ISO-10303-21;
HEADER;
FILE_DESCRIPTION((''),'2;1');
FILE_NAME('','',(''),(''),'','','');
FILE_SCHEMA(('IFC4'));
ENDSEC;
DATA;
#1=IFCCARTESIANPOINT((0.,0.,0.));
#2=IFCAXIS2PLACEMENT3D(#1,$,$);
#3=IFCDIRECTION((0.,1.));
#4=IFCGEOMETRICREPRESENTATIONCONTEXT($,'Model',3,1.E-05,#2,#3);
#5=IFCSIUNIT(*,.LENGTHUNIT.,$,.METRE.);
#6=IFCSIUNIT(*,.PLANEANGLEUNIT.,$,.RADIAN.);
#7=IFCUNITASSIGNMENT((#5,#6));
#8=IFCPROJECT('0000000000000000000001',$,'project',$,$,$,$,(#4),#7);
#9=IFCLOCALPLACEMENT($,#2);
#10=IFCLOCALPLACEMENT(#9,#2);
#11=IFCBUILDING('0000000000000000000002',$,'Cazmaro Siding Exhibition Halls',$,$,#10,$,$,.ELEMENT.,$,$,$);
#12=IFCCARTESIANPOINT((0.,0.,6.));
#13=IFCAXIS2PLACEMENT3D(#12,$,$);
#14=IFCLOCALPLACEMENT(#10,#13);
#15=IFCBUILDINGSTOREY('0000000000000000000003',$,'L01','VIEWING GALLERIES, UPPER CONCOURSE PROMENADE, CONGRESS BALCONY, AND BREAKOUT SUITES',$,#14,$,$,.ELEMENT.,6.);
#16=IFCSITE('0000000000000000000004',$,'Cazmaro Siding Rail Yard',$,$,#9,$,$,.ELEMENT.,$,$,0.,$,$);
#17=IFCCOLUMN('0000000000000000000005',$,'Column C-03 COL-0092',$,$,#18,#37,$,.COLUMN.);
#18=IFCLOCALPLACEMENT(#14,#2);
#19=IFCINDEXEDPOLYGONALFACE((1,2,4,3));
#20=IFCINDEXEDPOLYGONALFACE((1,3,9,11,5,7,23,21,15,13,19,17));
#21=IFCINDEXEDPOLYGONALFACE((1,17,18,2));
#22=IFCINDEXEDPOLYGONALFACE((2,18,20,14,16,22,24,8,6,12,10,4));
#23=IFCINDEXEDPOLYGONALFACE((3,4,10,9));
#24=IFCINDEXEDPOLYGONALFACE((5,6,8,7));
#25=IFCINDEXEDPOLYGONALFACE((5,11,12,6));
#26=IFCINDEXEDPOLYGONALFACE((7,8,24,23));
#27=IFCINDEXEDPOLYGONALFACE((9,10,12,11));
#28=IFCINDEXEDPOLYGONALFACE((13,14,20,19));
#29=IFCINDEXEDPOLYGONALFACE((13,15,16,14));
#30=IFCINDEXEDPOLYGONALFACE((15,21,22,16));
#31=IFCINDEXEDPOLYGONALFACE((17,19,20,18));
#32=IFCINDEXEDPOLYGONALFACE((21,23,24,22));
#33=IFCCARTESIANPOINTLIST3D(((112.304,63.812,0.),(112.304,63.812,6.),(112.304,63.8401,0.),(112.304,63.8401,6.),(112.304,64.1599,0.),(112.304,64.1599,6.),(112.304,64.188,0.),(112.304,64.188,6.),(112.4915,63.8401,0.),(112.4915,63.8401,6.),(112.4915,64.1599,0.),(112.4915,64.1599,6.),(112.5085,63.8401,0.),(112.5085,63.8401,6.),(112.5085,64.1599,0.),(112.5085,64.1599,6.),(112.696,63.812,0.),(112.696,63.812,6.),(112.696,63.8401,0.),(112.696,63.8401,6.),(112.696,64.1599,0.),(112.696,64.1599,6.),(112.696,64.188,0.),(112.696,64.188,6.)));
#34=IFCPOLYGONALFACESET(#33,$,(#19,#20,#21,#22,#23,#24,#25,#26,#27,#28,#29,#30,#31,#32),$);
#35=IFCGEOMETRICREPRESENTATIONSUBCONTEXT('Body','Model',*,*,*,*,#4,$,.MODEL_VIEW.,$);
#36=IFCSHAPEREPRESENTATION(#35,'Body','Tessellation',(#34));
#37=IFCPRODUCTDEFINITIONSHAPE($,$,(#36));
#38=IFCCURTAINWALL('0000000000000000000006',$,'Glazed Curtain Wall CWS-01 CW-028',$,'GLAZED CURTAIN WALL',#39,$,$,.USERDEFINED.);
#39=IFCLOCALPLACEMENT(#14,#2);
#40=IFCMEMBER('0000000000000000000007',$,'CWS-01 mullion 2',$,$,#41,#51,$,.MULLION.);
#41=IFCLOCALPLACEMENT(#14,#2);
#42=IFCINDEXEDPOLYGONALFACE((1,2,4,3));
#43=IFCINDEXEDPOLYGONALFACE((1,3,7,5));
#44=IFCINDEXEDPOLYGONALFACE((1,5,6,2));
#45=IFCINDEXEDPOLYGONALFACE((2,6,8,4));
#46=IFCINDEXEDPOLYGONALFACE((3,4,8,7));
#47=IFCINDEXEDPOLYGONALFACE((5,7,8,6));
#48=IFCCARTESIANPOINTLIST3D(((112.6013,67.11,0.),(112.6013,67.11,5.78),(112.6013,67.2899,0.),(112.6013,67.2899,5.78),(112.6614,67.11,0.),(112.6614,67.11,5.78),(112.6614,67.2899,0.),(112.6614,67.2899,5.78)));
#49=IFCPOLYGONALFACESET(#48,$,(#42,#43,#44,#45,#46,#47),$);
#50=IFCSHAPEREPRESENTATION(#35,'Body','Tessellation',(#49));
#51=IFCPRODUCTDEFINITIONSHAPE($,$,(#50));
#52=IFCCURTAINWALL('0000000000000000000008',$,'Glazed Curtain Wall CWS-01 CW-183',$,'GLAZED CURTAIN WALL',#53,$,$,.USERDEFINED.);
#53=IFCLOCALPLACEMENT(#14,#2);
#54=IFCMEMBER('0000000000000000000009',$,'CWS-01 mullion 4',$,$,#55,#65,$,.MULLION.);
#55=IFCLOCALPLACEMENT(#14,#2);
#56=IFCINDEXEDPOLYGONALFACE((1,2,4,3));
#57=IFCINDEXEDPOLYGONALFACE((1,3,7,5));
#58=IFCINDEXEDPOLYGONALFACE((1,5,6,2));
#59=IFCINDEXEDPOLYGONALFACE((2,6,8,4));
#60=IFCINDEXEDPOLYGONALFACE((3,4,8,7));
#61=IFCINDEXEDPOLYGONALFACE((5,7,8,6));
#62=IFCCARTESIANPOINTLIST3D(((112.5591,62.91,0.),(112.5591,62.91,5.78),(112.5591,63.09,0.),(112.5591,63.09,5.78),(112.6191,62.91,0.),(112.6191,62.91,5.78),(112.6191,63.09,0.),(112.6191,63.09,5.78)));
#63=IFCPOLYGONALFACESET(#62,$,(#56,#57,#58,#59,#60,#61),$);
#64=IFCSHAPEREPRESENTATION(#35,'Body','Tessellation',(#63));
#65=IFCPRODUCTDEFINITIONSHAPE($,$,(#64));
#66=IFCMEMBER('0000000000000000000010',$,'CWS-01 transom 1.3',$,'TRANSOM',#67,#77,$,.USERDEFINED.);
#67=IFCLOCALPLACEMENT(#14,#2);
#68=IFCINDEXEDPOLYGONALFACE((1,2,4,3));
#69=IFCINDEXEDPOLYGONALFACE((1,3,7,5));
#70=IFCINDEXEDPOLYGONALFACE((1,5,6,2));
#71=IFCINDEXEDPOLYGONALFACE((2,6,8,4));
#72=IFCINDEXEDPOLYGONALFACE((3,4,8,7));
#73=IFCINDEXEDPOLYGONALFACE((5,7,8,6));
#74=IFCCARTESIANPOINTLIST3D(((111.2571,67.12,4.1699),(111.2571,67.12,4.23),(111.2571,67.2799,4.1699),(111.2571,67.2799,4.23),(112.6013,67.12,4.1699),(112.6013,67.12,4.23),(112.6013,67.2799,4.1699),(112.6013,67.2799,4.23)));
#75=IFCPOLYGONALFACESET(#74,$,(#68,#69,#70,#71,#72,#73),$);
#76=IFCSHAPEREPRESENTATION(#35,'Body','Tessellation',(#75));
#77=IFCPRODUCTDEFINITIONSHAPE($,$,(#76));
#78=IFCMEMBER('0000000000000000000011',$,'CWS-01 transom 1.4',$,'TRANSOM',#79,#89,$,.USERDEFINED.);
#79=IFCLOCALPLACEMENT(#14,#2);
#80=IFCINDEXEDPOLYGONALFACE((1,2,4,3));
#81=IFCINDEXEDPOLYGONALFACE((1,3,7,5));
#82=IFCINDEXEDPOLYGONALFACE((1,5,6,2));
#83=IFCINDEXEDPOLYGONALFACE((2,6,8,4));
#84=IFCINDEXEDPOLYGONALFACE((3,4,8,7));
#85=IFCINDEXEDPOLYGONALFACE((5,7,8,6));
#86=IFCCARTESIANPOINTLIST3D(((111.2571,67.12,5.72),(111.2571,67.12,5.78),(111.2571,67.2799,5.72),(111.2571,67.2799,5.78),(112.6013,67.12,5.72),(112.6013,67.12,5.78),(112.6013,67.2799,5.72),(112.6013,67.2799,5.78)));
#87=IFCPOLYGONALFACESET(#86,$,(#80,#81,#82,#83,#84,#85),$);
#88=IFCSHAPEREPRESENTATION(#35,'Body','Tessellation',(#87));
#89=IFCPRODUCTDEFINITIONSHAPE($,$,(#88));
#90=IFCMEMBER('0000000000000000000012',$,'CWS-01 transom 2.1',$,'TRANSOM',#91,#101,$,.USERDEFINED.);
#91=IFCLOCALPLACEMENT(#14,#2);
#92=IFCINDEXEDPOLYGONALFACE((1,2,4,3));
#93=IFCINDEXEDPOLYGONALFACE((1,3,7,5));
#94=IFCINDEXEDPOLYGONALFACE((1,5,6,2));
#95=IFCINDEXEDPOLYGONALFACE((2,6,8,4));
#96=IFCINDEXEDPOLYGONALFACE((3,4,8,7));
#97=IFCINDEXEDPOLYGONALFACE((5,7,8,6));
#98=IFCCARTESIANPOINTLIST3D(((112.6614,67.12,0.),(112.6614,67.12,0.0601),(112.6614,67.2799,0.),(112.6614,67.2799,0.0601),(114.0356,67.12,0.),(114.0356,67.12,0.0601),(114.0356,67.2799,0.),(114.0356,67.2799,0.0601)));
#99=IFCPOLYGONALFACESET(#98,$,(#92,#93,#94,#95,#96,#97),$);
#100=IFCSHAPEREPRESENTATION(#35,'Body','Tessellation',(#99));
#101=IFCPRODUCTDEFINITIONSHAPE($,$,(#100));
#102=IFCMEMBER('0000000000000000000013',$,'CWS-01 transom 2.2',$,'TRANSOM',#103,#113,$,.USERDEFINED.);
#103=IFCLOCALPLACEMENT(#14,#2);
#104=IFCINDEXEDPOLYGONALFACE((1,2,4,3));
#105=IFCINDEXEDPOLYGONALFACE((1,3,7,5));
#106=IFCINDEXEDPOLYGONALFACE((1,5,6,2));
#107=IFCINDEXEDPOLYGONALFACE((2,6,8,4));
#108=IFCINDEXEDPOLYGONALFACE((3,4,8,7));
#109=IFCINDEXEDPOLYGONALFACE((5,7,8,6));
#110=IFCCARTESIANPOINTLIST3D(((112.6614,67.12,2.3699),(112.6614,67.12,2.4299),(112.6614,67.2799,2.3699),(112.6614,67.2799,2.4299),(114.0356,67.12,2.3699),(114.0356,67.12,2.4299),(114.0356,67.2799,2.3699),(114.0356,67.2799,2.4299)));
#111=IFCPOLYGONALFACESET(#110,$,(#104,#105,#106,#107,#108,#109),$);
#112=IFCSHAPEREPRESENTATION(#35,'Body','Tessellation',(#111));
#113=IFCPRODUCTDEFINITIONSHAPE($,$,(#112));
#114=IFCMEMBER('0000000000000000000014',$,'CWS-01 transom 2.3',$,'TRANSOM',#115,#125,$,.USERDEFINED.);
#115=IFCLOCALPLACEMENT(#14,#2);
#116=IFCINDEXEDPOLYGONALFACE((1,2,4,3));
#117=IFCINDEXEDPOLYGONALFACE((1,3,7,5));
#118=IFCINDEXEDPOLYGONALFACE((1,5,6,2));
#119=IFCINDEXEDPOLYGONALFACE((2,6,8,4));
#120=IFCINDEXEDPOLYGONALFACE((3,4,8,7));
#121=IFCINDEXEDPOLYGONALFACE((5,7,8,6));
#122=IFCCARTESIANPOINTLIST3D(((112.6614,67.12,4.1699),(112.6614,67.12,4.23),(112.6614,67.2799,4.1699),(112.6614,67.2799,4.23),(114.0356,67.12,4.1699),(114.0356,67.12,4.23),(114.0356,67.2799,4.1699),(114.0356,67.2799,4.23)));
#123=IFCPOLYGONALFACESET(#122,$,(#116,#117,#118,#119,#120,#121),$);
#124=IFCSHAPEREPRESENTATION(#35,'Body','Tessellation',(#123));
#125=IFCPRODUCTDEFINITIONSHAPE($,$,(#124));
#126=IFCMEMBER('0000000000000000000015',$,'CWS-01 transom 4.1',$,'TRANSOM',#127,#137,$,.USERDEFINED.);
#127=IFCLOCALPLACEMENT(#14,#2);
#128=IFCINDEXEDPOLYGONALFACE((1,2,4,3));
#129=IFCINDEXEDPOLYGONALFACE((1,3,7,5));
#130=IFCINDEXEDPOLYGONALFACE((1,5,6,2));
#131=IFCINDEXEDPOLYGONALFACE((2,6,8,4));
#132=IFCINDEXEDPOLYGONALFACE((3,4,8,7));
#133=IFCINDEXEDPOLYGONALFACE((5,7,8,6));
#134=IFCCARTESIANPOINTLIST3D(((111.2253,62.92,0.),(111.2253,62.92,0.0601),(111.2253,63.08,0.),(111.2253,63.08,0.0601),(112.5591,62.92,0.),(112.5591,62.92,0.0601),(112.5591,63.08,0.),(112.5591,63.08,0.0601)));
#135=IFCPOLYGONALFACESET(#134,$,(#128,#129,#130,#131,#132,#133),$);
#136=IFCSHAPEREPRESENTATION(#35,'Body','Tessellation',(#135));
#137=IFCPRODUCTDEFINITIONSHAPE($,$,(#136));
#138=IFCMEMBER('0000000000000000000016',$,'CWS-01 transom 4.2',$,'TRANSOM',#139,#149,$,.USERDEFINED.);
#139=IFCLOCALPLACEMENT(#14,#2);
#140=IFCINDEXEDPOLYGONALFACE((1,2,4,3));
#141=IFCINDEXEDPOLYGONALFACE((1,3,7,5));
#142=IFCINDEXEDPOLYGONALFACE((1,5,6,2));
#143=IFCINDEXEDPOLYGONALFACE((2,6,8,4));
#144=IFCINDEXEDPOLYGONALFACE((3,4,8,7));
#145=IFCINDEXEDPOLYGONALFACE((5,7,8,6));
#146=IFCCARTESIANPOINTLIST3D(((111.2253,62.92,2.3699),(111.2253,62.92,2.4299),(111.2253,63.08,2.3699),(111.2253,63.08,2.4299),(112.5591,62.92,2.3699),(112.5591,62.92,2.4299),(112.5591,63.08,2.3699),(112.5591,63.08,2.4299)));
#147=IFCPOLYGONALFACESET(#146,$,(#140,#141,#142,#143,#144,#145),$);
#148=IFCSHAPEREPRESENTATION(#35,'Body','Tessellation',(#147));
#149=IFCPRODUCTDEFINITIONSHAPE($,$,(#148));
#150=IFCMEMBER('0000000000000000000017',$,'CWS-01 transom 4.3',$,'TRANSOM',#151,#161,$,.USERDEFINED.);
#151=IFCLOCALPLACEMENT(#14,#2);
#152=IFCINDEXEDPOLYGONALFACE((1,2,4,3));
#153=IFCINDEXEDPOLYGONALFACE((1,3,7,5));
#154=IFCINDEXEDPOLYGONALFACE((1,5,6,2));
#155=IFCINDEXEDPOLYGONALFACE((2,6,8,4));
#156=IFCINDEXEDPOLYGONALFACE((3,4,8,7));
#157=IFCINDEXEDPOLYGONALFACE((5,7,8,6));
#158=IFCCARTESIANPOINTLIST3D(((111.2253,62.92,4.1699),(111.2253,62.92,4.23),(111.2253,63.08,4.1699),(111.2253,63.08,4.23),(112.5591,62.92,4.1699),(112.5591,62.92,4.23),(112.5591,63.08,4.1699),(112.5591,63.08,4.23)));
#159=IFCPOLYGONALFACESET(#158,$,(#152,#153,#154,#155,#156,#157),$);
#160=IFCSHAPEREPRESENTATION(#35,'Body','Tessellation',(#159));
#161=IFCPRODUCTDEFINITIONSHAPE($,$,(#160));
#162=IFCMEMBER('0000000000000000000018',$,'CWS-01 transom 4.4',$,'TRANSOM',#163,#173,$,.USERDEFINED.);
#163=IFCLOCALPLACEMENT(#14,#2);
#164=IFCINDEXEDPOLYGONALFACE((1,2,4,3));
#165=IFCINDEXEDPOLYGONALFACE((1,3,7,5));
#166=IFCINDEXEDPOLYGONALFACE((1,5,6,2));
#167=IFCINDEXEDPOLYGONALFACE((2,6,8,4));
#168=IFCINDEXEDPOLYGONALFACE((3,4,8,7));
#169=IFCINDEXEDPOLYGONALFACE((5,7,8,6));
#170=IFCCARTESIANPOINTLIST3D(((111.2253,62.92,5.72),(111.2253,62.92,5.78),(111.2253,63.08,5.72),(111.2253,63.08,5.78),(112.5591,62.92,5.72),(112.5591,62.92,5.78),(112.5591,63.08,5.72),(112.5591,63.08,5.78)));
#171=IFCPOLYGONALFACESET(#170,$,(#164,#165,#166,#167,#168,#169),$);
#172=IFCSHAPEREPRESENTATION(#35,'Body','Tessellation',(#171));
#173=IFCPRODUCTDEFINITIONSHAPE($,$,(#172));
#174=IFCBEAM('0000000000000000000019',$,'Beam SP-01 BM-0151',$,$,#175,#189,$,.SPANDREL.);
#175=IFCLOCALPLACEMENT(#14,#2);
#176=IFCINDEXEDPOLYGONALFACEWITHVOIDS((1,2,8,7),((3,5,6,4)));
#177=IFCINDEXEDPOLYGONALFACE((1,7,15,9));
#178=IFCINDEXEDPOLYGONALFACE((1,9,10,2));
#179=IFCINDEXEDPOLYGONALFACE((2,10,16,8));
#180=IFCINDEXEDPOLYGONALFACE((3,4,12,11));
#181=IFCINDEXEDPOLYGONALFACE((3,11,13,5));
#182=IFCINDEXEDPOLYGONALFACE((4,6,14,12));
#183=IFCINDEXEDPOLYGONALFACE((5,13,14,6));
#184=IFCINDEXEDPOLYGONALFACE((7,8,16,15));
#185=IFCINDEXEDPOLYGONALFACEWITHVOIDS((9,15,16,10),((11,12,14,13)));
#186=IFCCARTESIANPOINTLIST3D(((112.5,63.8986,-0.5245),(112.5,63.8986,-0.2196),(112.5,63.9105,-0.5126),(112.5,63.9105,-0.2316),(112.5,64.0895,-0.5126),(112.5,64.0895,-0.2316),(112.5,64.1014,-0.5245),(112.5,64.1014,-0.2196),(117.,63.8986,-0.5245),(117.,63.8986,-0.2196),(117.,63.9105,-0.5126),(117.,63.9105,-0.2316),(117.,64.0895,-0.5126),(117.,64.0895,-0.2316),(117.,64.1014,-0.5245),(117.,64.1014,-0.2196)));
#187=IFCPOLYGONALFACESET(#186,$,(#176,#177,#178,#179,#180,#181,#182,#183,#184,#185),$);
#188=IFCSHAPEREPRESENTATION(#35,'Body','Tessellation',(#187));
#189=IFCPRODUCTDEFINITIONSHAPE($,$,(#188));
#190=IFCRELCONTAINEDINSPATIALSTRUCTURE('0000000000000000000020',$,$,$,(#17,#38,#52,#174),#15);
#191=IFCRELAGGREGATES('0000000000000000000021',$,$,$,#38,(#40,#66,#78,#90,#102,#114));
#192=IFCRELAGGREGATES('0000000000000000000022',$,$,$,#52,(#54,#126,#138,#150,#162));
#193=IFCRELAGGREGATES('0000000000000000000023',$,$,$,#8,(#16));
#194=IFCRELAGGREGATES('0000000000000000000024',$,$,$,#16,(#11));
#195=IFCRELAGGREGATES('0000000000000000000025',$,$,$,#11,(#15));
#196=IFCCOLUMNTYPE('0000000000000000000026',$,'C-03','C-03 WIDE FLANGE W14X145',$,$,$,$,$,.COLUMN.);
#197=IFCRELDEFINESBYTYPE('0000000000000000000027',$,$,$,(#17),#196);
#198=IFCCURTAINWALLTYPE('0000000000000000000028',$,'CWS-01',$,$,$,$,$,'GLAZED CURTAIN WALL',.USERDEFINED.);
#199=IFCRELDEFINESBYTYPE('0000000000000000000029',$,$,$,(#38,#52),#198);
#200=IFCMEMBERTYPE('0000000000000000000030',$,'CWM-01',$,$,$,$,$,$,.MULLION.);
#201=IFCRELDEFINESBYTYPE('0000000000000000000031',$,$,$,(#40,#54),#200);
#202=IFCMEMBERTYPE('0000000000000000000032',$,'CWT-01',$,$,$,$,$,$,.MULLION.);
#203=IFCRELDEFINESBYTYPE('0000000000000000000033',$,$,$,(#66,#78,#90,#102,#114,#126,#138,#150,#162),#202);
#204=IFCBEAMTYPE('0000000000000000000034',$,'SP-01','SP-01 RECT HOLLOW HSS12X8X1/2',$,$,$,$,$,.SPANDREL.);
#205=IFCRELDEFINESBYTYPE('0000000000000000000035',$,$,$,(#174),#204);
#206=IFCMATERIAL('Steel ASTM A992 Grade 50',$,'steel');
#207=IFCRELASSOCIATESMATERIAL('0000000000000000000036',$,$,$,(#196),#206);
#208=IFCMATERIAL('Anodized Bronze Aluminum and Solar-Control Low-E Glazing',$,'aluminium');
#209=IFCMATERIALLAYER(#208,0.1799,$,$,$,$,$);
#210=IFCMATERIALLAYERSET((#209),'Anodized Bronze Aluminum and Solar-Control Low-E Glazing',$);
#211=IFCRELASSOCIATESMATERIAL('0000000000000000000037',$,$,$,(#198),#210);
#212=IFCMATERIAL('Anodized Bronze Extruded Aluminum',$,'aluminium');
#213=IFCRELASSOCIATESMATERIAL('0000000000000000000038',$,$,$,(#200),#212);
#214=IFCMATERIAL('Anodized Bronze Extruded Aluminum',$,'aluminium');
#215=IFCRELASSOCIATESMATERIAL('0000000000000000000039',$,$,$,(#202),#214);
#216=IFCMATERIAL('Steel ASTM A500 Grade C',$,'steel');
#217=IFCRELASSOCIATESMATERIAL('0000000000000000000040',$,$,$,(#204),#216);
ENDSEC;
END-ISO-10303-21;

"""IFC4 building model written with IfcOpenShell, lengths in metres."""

from ifc_helpers import new_model, si_unit, direction, frame, origin, origin_2d, place, context, subcontext, project, spatial, rectangle, hollow_rectangle, i_section, extrude, material, layer, layer_set, material_profile, profile_set, type_object, element, aggregate, save


model = new_model("IFC4")

# Units and contexts
model_context = context("Model", 3, precision=1e-05, world=origin(), true_north=direction((0.0, 1.0)))
body_context = subcontext(model_context, "Body", "Model", "MODEL_VIEW")
ifc_project = project(units=[si_unit("LENGTHUNIT", "METRE"), si_unit("PLANEANGLEUNIT", "RADIAN")], contexts=[model_context])

# Site, building, storey
site_placement = place(None, origin())
site = spatial("IfcSite", under=ifc_project, at=site_placement, Name="Cazmaro Siding Rail Yard", CompositionType="ELEMENT", RefElevation=0.0)
building_placement = place(site_placement, origin())
building = spatial("IfcBuilding", under=site, at=building_placement, Name="Cazmaro Siding Exhibition Halls", CompositionType="ELEMENT")
storey_placement = place(building_placement, frame((0.0, 0.0, 6.0)))
storey = spatial("IfcBuildingStorey", under=building, at=storey_placement, Name="L01", Description="VIEWING GALLERIES, UPPER CONCOURSE PROMENADE, CONGRESS BALCONY, AND BREAKOUT SUITES", CompositionType="ELEMENT", Elevation=6.0)

# Column
ifc_material_1 = material(Name="Steel ASTM A992 Grade 50", Category="steel")
ifc_material_profile_1 = material_profile(ifc_material_1, i_section(OverallWidth=0.3921, OverallDepth=0.376, WebThickness=0.0171, FlangeThickness=0.0281, at=origin_2d()), Name="W14X145")
ifc_profile_set_1 = profile_set([ifc_material_profile_1], Name="Steel ASTM A992 Grade 50")
column_type = type_object("IfcColumnType", Name="C-03", Description="C-03 WIDE FLANGE W14X145", PredefinedType="COLUMN", material=ifc_profile_set_1)
column_placement = place(storey_placement, frame((112.5, 64.0, 0.0), z_axis=(0.0, 0.0, 1.0), x_axis=(1.0, 0.0, 0.0)))
element("IfcColumn", 1, at=column_placement, inside=storey, type_object=column_type, Name="Column C-03 COL-0092", PredefinedType="COLUMN", context=body_context, shape_type="SweptSolid", body=[
    extrude(i_section(OverallWidth=0.3921, OverallDepth=0.376, WebThickness=0.0171, FlangeThickness=0.0281, at=origin_2d()), origin(), (0.0, 0.0, 1.0), 6.0),
])

# Curtain walls, members
ifc_material_2 = material(Name="Anodized Bronze Aluminum and Solar-Control Low-E Glazing", Category="aluminium")
ifc_layer_1 = layer(ifc_material_2, 0.1799)
ifc_layer_set_1 = layer_set([ifc_layer_1], Name="Anodized Bronze Aluminum and Solar-Control Low-E Glazing")
curtain_wall_type = type_object("IfcCurtainWallType", Name="CWS-01", ElementType="GLAZED CURTAIN WALL", PredefinedType="USERDEFINED", material=ifc_layer_set_1)
curtain_wall_1_placement = place(storey_placement, origin())
curtain_wall_1 = element("IfcCurtainWall", 2, at=curtain_wall_1_placement, inside=storey, type_object=curtain_wall_type, Name="Glazed Curtain Wall CWS-01 CW-028", ObjectType="GLAZED CURTAIN WALL", PredefinedType="USERDEFINED")
ifc_material_3 = material(Name="Anodized Bronze Extruded Aluminum", Category="aluminium")
ifc_material_profile_2 = material_profile(ifc_material_3, rectangle(XDim=0.1799, YDim=0.0601, at=origin_2d()), Name="CWM-01")
ifc_profile_set_2 = profile_set([ifc_material_profile_2], Name="Anodized Bronze Extruded Aluminum")
member_type_1 = type_object("IfcMemberType", Name="CWM-01", PredefinedType="MULLION", material=ifc_profile_set_2)
member_1_placement = place(storey_placement, frame((112.6313, 67.2, 0.0), z_axis=(0.0, 0.0, 1.0), x_axis=(0.0, 1.0, 0.0)))
member_1 = element("IfcMember", 3, at=member_1_placement, type_object=member_type_1, Name="CWS-01 mullion 2", PredefinedType="MULLION", context=body_context, shape_type="SweptSolid", body=[
    extrude(rectangle(XDim=0.1799, YDim=0.0601, at=origin_2d()), origin(), (0.0, 0.0, 1.0), 5.78),
])
curtain_wall_2_placement = place(storey_placement, origin())
curtain_wall_2 = element("IfcCurtainWall", 4, at=curtain_wall_2_placement, inside=storey, type_object=curtain_wall_type, Name="Glazed Curtain Wall CWS-01 CW-183", ObjectType="GLAZED CURTAIN WALL", PredefinedType="USERDEFINED")
member_2_placement = place(storey_placement, frame((112.5891, 63.0, 0.0), z_axis=(0.0, 0.0, 1.0), x_axis=(0.0, -1.0, 0.0)))
member_2 = element("IfcMember", 5, at=member_2_placement, type_object=member_type_1, Name="CWS-01 mullion 4", PredefinedType="MULLION", context=body_context, shape_type="SweptSolid", body=[
    extrude(rectangle(XDim=0.1799, YDim=0.0601, at=origin_2d()), origin(), (0.0, 0.0, 1.0), 5.78),
])

# Members
ifc_material_4 = material(Name="Anodized Bronze Extruded Aluminum", Category="aluminium")
ifc_material_profile_3 = material_profile(ifc_material_4, rectangle(XDim=0.1599, YDim=0.0601, at=origin_2d()), Name="CWT-01")
ifc_profile_set_3 = profile_set([ifc_material_profile_3], Name="Anodized Bronze Extruded Aluminum")
member_type_2 = type_object("IfcMemberType", Name="CWT-01", PredefinedType="MULLION", material=ifc_profile_set_3)
member_3_placement = place(storey_placement, frame((111.2571, 67.2, 4.2), z_axis=(1.0, 0.0, 0.0), x_axis=(0.0, 1.0, 0.0)))
member_3 = element("IfcMember", 6, at=member_3_placement, type_object=member_type_2, Name="CWS-01 transom 1.3", ObjectType="TRANSOM", PredefinedType="USERDEFINED", context=body_context, shape_type="SweptSolid", body=[
    extrude(rectangle(XDim=0.1599, YDim=0.0601, at=origin_2d()), origin(), (0.0, 0.0, 1.0), 1.3442),
])
member_4_placement = place(storey_placement, frame((111.2571, 67.2, 5.75), z_axis=(1.0, 0.0, 0.0), x_axis=(0.0, 1.0, 0.0)))
member_4 = element("IfcMember", 7, at=member_4_placement, type_object=member_type_2, Name="CWS-01 transom 1.4", ObjectType="TRANSOM", PredefinedType="USERDEFINED", context=body_context, shape_type="SweptSolid", body=[
    extrude(rectangle(XDim=0.1599, YDim=0.0601, at=origin_2d()), origin(), (0.0, 0.0, 1.0), 1.3442),
])
member_5_placement = place(storey_placement, frame((112.6614, 67.2, 0.03), z_axis=(1.0, 0.0, 0.0), x_axis=(0.0, 1.0, 0.0)))
member_5 = element("IfcMember", 8, at=member_5_placement, type_object=member_type_2, Name="CWS-01 transom 2.1", ObjectType="TRANSOM", PredefinedType="USERDEFINED", context=body_context, shape_type="SweptSolid", body=[
    extrude(rectangle(XDim=0.1599, YDim=0.0601, at=origin_2d()), origin(), (0.0, 0.0, 1.0), 1.3743),
])
member_6_placement = place(storey_placement, frame((112.6614, 67.2, 2.3999), z_axis=(1.0, 0.0, 0.0), x_axis=(0.0, 1.0, 0.0)))
member_6 = element("IfcMember", 9, at=member_6_placement, type_object=member_type_2, Name="CWS-01 transom 2.2", ObjectType="TRANSOM", PredefinedType="USERDEFINED", context=body_context, shape_type="SweptSolid", body=[
    extrude(rectangle(XDim=0.1599, YDim=0.0601, at=origin_2d()), origin(), (0.0, 0.0, 1.0), 1.3743),
])
member_7_placement = place(storey_placement, frame((112.6614, 67.2, 4.2), z_axis=(1.0, 0.0, 0.0), x_axis=(0.0, 1.0, 0.0)))
member_7 = element("IfcMember", 10, at=member_7_placement, type_object=member_type_2, Name="CWS-01 transom 2.3", ObjectType="TRANSOM", PredefinedType="USERDEFINED", context=body_context, shape_type="SweptSolid", body=[
    extrude(rectangle(XDim=0.1599, YDim=0.0601, at=origin_2d()), origin(), (0.0, 0.0, 1.0), 1.3743),
])
member_8_placement = place(storey_placement, frame((112.5591, 63.0, 0.03), z_axis=(-1.0, 0.0, 0.0), x_axis=(0.0, -1.0, 0.0)))
member_8 = element("IfcMember", 11, at=member_8_placement, type_object=member_type_2, Name="CWS-01 transom 4.1", ObjectType="TRANSOM", PredefinedType="USERDEFINED", context=body_context, shape_type="SweptSolid", body=[
    extrude(rectangle(XDim=0.1599, YDim=0.0601, at=origin_2d()), origin(), (0.0, 0.0, 1.0), 1.3337),
])
member_9_placement = place(storey_placement, frame((112.5591, 63.0, 2.3999), z_axis=(-1.0, 0.0, 0.0), x_axis=(0.0, -1.0, 0.0)))
member_9 = element("IfcMember", 12, at=member_9_placement, type_object=member_type_2, Name="CWS-01 transom 4.2", ObjectType="TRANSOM", PredefinedType="USERDEFINED", context=body_context, shape_type="SweptSolid", body=[
    extrude(rectangle(XDim=0.1599, YDim=0.0601, at=origin_2d()), origin(), (0.0, 0.0, 1.0), 1.3337),
])
member_10_placement = place(storey_placement, frame((112.5591, 63.0, 4.2), z_axis=(-1.0, 0.0, 0.0), x_axis=(0.0, -1.0, 0.0)))
member_10 = element("IfcMember", 13, at=member_10_placement, type_object=member_type_2, Name="CWS-01 transom 4.3", ObjectType="TRANSOM", PredefinedType="USERDEFINED", context=body_context, shape_type="SweptSolid", body=[
    extrude(rectangle(XDim=0.1599, YDim=0.0601, at=origin_2d()), origin(), (0.0, 0.0, 1.0), 1.3337),
])
member_11_placement = place(storey_placement, frame((112.5591, 63.0, 5.75), z_axis=(-1.0, 0.0, 0.0), x_axis=(0.0, -1.0, 0.0)))
member_11 = element("IfcMember", 14, at=member_11_placement, type_object=member_type_2, Name="CWS-01 transom 4.4", ObjectType="TRANSOM", PredefinedType="USERDEFINED", context=body_context, shape_type="SweptSolid", body=[
    extrude(rectangle(XDim=0.1599, YDim=0.0601, at=origin_2d()), origin(), (0.0, 0.0, 1.0), 1.3337),
])

# Beam
ifc_material_5 = material(Name="Steel ASTM A500 Grade C", Category="steel")
ifc_material_profile_4 = material_profile(ifc_material_5, hollow_rectangle(XDim=0.2029, YDim=0.3049, WallThickness=0.012, at=origin_2d()), Name="HSS12X8X1/2")
ifc_profile_set_4 = profile_set([ifc_material_profile_4], Name="Steel ASTM A500 Grade C")
beam_type = type_object("IfcBeamType", Name="SP-01", Description="SP-01 RECT HOLLOW HSS12X8X1/2", PredefinedType="SPANDREL", material=ifc_profile_set_4)
beam_placement = place(storey_placement, frame((112.5, 64.0, -0.3721), z_axis=(1.0, 0.0, 0.0), x_axis=(0.0, 1.0, 0.0)))
element("IfcBeam", 15, at=beam_placement, inside=storey, type_object=beam_type, Name="Beam SP-01 BM-0151", PredefinedType="SPANDREL", context=body_context, shape_type="SweptSolid", body=[
    extrude(hollow_rectangle(XDim=0.2029, YDim=0.3049, WallThickness=0.012, at=origin_2d()), origin(), (0.0, 0.0, 1.0), 4.5),
])

aggregate(curtain_wall_1, [member_1, member_3, member_4, member_5, member_6, member_7])
aggregate(curtain_wall_2, [member_2, member_8, member_9, member_10, member_11])

save(model, "model.ifc")
